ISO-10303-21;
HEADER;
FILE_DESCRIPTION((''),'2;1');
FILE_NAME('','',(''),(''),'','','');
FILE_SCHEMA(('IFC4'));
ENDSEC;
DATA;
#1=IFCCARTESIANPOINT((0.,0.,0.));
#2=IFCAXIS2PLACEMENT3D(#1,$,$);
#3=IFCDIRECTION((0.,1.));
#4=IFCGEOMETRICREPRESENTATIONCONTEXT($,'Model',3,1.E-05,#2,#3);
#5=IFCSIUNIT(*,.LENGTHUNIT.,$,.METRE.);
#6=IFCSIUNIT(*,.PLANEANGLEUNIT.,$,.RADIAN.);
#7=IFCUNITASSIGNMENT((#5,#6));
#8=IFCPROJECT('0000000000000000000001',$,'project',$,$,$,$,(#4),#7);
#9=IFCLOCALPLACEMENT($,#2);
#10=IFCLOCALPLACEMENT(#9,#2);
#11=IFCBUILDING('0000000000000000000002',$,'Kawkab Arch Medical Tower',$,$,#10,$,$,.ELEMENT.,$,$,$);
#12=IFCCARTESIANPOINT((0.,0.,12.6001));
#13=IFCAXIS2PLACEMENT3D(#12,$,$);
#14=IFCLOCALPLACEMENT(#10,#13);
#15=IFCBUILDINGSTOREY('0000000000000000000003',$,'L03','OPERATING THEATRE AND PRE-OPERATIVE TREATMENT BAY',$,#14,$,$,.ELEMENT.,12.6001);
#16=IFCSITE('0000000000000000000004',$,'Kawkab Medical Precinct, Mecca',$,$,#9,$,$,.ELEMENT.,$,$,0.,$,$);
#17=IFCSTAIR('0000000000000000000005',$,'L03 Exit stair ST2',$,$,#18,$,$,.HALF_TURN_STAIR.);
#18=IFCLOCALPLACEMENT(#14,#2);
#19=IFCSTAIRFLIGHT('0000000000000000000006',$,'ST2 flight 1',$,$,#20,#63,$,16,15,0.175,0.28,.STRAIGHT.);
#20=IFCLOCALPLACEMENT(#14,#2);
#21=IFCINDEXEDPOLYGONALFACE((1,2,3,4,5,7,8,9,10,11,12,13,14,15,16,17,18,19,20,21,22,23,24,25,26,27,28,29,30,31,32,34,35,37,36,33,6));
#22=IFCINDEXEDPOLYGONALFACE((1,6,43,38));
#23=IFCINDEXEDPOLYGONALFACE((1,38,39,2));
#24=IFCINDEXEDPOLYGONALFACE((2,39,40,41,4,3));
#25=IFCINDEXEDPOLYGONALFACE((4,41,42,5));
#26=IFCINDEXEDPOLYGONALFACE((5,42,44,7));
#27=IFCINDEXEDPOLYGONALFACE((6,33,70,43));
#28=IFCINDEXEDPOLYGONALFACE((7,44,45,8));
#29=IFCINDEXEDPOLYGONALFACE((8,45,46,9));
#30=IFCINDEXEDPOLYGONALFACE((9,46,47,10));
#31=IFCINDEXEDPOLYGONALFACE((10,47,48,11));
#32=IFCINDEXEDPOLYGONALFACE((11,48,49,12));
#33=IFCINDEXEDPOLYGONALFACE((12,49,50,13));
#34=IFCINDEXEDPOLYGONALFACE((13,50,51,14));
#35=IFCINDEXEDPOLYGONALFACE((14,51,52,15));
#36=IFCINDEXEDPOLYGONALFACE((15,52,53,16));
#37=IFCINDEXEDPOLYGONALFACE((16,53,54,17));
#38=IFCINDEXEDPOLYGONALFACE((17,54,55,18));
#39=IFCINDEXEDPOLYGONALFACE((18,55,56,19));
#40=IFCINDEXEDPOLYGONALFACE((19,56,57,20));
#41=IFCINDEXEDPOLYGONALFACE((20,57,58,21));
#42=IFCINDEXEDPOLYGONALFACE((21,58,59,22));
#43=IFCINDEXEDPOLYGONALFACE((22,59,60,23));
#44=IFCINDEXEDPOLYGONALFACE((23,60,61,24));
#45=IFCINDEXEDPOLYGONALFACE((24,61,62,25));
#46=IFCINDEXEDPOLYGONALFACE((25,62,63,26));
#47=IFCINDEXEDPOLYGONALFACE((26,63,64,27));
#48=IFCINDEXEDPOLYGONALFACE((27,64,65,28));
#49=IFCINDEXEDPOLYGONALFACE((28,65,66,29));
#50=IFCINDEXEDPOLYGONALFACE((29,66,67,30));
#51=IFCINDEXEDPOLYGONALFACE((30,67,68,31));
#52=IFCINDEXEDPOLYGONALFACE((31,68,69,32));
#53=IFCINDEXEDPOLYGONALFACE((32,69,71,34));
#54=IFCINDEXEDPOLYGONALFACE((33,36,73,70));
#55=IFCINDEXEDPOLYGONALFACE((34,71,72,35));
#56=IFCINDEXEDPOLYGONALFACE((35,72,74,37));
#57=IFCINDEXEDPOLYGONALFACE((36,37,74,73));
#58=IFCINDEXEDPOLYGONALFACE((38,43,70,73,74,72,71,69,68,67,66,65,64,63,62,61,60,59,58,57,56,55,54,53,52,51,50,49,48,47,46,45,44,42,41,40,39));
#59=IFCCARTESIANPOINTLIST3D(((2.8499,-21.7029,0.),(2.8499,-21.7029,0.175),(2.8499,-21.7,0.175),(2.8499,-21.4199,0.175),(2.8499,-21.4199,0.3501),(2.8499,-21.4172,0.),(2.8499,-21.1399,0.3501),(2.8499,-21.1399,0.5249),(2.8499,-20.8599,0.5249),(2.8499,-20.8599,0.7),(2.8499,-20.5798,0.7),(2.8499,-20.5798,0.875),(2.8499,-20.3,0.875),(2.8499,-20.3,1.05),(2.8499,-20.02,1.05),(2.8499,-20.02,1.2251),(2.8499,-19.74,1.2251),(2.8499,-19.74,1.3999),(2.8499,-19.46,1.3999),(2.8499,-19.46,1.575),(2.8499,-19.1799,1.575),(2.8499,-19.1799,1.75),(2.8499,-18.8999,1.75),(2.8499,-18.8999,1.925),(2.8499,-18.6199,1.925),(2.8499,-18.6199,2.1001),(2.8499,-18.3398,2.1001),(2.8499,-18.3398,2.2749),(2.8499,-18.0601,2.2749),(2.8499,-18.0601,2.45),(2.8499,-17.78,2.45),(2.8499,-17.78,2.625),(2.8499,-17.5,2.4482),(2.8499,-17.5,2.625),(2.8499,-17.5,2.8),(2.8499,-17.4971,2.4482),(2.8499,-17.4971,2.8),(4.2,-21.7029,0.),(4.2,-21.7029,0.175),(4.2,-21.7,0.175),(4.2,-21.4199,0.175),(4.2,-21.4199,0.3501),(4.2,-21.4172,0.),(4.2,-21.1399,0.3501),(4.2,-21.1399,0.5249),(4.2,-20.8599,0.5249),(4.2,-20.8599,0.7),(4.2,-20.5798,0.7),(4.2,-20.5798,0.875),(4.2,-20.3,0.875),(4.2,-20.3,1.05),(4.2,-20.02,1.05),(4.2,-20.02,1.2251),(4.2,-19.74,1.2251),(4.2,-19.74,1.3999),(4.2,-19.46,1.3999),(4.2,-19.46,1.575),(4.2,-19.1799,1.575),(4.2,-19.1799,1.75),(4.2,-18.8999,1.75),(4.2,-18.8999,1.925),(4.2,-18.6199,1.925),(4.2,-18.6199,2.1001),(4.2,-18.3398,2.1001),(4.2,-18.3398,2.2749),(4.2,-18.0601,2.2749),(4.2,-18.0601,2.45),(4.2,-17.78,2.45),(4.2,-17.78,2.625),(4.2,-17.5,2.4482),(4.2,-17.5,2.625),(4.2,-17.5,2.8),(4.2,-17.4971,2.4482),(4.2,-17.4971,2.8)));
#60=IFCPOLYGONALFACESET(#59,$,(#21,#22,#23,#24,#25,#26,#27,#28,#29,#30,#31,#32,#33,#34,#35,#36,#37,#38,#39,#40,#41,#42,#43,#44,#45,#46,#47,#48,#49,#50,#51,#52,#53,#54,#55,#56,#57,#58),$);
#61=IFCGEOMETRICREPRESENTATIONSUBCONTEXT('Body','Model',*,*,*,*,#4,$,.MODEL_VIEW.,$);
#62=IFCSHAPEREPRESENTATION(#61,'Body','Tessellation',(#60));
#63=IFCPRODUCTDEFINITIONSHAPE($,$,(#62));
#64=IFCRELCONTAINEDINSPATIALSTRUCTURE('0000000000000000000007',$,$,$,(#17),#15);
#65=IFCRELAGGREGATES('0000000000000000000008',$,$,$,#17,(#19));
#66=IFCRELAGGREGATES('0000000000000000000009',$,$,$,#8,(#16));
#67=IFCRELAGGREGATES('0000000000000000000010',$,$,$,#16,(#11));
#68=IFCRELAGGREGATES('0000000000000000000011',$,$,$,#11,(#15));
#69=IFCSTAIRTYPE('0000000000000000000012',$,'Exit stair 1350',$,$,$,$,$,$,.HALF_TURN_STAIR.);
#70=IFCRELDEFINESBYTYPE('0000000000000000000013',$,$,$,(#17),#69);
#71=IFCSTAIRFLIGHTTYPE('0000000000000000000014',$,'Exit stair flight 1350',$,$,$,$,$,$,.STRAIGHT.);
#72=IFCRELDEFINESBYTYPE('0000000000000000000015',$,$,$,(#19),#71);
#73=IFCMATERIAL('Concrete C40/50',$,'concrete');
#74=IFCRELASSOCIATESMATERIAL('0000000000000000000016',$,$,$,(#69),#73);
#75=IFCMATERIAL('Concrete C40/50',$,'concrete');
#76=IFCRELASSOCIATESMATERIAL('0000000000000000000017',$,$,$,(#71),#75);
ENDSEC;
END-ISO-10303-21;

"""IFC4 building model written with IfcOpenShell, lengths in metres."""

from ifc_helpers import new_model, si_unit, direction, frame, origin, place, context, subcontext, project, spatial, polyline, outline, extrude, material, type_object, element, aggregate, save


model = new_model("IFC4")

# Units and contexts
model_context = context("Model", 3, precision=1e-05, world=origin(), true_north=direction((0.0, 1.0)))
body_context = subcontext(model_context, "Body", "Model", "MODEL_VIEW")
ifc_project = project(units=[si_unit("LENGTHUNIT", "METRE"), si_unit("PLANEANGLEUNIT", "RADIAN")], contexts=[model_context])

# Site, building, storey
site_placement = place(None, origin())
site = spatial("IfcSite", under=ifc_project, at=site_placement, Name="Kawkab Medical Precinct, Mecca", CompositionType="ELEMENT", RefElevation=0.0)
building_placement = place(site_placement, origin())
building = spatial("IfcBuilding", under=site, at=building_placement, Name="Kawkab Arch Medical Tower", CompositionType="ELEMENT")
storey_placement = place(building_placement, frame((0.0, 0.0, 12.6001)))
storey = spatial("IfcBuildingStorey", under=building, at=storey_placement, Name="L03", Description="OPERATING THEATRE AND PRE-OPERATIVE TREATMENT BAY", CompositionType="ELEMENT", Elevation=12.6001)

# Stair, stair flight
ifc_material_1 = material(Name="Concrete C40/50", Category="concrete")
stair_type = type_object("IfcStairType", Name="Exit stair 1350", PredefinedType="HALF_TURN_STAIR", material=ifc_material_1)
stair_placement = place(storey_placement, origin())
stair = element("IfcStair", 1, at=stair_placement, inside=storey, type_object=stair_type, Name="L03 Exit stair ST2", PredefinedType="HALF_TURN_STAIR")
ifc_material_2 = material(Name="Concrete C40/50", Category="concrete")
stair_flight_type = type_object("IfcStairFlightType", Name="Exit stair flight 1350", PredefinedType="STRAIGHT", material=ifc_material_2)
stair_flight_placement = place(storey_placement, frame((3.5249, -21.7, 0.0), z_axis=(0.0, 0.0, 1.0), x_axis=(0.0, 1.0, 0.0)))
stair_flight = element("IfcStairFlight", 2, at=stair_flight_placement, type_object=stair_flight_type, Name="ST2 flight 1", NumberOfRisers=16, NumberOfTreads=15, PredefinedType="STRAIGHT", RiserHeight=0.175, TreadLength=0.28, context=body_context, shape_type="SweptSolid", body=[
    extrude(outline(polyline([(-0.0029, 0.0), (-0.0029, 0.175), (0.0, 0.175), (0.28, 0.175), (0.28, 0.3501), (0.5601, 0.3501), (0.5601, 0.5249), (0.8401, 0.5249), (0.8401, 0.7), (1.1201, 0.7), (1.1201, 0.875), (1.3999, 0.875), (1.3999, 1.05), (1.6799, 1.05), (1.6799, 1.2251), (1.96, 1.2251), (1.96, 1.3999), (2.24, 1.3999), (2.24, 1.575), (2.52, 1.575), (2.52, 1.75), (2.8, 1.75), (2.8, 1.925), (3.0801, 1.925), (3.0801, 2.1001), (3.3601, 2.1001), (3.3601, 2.2749), (3.6399, 2.2749), (3.6399, 2.45), (3.9199, 2.45), (3.9199, 2.625), (4.2, 2.625), (4.2, 2.8), (4.2029, 2.8), (4.2029, 2.4482), (4.2, 2.4482), (0.2827, 0.0), (-0.0029, 0.0)])), frame((0.0, 0.675, 0.0), z_axis=(0.0, -1.0, 0.0), x_axis=(1.0, 0.0, 0.0)), (0.0, 0.0, 1.0), 1.3501),
])
aggregate(stair, [stair_flight])

save(model, "model.ifc")
